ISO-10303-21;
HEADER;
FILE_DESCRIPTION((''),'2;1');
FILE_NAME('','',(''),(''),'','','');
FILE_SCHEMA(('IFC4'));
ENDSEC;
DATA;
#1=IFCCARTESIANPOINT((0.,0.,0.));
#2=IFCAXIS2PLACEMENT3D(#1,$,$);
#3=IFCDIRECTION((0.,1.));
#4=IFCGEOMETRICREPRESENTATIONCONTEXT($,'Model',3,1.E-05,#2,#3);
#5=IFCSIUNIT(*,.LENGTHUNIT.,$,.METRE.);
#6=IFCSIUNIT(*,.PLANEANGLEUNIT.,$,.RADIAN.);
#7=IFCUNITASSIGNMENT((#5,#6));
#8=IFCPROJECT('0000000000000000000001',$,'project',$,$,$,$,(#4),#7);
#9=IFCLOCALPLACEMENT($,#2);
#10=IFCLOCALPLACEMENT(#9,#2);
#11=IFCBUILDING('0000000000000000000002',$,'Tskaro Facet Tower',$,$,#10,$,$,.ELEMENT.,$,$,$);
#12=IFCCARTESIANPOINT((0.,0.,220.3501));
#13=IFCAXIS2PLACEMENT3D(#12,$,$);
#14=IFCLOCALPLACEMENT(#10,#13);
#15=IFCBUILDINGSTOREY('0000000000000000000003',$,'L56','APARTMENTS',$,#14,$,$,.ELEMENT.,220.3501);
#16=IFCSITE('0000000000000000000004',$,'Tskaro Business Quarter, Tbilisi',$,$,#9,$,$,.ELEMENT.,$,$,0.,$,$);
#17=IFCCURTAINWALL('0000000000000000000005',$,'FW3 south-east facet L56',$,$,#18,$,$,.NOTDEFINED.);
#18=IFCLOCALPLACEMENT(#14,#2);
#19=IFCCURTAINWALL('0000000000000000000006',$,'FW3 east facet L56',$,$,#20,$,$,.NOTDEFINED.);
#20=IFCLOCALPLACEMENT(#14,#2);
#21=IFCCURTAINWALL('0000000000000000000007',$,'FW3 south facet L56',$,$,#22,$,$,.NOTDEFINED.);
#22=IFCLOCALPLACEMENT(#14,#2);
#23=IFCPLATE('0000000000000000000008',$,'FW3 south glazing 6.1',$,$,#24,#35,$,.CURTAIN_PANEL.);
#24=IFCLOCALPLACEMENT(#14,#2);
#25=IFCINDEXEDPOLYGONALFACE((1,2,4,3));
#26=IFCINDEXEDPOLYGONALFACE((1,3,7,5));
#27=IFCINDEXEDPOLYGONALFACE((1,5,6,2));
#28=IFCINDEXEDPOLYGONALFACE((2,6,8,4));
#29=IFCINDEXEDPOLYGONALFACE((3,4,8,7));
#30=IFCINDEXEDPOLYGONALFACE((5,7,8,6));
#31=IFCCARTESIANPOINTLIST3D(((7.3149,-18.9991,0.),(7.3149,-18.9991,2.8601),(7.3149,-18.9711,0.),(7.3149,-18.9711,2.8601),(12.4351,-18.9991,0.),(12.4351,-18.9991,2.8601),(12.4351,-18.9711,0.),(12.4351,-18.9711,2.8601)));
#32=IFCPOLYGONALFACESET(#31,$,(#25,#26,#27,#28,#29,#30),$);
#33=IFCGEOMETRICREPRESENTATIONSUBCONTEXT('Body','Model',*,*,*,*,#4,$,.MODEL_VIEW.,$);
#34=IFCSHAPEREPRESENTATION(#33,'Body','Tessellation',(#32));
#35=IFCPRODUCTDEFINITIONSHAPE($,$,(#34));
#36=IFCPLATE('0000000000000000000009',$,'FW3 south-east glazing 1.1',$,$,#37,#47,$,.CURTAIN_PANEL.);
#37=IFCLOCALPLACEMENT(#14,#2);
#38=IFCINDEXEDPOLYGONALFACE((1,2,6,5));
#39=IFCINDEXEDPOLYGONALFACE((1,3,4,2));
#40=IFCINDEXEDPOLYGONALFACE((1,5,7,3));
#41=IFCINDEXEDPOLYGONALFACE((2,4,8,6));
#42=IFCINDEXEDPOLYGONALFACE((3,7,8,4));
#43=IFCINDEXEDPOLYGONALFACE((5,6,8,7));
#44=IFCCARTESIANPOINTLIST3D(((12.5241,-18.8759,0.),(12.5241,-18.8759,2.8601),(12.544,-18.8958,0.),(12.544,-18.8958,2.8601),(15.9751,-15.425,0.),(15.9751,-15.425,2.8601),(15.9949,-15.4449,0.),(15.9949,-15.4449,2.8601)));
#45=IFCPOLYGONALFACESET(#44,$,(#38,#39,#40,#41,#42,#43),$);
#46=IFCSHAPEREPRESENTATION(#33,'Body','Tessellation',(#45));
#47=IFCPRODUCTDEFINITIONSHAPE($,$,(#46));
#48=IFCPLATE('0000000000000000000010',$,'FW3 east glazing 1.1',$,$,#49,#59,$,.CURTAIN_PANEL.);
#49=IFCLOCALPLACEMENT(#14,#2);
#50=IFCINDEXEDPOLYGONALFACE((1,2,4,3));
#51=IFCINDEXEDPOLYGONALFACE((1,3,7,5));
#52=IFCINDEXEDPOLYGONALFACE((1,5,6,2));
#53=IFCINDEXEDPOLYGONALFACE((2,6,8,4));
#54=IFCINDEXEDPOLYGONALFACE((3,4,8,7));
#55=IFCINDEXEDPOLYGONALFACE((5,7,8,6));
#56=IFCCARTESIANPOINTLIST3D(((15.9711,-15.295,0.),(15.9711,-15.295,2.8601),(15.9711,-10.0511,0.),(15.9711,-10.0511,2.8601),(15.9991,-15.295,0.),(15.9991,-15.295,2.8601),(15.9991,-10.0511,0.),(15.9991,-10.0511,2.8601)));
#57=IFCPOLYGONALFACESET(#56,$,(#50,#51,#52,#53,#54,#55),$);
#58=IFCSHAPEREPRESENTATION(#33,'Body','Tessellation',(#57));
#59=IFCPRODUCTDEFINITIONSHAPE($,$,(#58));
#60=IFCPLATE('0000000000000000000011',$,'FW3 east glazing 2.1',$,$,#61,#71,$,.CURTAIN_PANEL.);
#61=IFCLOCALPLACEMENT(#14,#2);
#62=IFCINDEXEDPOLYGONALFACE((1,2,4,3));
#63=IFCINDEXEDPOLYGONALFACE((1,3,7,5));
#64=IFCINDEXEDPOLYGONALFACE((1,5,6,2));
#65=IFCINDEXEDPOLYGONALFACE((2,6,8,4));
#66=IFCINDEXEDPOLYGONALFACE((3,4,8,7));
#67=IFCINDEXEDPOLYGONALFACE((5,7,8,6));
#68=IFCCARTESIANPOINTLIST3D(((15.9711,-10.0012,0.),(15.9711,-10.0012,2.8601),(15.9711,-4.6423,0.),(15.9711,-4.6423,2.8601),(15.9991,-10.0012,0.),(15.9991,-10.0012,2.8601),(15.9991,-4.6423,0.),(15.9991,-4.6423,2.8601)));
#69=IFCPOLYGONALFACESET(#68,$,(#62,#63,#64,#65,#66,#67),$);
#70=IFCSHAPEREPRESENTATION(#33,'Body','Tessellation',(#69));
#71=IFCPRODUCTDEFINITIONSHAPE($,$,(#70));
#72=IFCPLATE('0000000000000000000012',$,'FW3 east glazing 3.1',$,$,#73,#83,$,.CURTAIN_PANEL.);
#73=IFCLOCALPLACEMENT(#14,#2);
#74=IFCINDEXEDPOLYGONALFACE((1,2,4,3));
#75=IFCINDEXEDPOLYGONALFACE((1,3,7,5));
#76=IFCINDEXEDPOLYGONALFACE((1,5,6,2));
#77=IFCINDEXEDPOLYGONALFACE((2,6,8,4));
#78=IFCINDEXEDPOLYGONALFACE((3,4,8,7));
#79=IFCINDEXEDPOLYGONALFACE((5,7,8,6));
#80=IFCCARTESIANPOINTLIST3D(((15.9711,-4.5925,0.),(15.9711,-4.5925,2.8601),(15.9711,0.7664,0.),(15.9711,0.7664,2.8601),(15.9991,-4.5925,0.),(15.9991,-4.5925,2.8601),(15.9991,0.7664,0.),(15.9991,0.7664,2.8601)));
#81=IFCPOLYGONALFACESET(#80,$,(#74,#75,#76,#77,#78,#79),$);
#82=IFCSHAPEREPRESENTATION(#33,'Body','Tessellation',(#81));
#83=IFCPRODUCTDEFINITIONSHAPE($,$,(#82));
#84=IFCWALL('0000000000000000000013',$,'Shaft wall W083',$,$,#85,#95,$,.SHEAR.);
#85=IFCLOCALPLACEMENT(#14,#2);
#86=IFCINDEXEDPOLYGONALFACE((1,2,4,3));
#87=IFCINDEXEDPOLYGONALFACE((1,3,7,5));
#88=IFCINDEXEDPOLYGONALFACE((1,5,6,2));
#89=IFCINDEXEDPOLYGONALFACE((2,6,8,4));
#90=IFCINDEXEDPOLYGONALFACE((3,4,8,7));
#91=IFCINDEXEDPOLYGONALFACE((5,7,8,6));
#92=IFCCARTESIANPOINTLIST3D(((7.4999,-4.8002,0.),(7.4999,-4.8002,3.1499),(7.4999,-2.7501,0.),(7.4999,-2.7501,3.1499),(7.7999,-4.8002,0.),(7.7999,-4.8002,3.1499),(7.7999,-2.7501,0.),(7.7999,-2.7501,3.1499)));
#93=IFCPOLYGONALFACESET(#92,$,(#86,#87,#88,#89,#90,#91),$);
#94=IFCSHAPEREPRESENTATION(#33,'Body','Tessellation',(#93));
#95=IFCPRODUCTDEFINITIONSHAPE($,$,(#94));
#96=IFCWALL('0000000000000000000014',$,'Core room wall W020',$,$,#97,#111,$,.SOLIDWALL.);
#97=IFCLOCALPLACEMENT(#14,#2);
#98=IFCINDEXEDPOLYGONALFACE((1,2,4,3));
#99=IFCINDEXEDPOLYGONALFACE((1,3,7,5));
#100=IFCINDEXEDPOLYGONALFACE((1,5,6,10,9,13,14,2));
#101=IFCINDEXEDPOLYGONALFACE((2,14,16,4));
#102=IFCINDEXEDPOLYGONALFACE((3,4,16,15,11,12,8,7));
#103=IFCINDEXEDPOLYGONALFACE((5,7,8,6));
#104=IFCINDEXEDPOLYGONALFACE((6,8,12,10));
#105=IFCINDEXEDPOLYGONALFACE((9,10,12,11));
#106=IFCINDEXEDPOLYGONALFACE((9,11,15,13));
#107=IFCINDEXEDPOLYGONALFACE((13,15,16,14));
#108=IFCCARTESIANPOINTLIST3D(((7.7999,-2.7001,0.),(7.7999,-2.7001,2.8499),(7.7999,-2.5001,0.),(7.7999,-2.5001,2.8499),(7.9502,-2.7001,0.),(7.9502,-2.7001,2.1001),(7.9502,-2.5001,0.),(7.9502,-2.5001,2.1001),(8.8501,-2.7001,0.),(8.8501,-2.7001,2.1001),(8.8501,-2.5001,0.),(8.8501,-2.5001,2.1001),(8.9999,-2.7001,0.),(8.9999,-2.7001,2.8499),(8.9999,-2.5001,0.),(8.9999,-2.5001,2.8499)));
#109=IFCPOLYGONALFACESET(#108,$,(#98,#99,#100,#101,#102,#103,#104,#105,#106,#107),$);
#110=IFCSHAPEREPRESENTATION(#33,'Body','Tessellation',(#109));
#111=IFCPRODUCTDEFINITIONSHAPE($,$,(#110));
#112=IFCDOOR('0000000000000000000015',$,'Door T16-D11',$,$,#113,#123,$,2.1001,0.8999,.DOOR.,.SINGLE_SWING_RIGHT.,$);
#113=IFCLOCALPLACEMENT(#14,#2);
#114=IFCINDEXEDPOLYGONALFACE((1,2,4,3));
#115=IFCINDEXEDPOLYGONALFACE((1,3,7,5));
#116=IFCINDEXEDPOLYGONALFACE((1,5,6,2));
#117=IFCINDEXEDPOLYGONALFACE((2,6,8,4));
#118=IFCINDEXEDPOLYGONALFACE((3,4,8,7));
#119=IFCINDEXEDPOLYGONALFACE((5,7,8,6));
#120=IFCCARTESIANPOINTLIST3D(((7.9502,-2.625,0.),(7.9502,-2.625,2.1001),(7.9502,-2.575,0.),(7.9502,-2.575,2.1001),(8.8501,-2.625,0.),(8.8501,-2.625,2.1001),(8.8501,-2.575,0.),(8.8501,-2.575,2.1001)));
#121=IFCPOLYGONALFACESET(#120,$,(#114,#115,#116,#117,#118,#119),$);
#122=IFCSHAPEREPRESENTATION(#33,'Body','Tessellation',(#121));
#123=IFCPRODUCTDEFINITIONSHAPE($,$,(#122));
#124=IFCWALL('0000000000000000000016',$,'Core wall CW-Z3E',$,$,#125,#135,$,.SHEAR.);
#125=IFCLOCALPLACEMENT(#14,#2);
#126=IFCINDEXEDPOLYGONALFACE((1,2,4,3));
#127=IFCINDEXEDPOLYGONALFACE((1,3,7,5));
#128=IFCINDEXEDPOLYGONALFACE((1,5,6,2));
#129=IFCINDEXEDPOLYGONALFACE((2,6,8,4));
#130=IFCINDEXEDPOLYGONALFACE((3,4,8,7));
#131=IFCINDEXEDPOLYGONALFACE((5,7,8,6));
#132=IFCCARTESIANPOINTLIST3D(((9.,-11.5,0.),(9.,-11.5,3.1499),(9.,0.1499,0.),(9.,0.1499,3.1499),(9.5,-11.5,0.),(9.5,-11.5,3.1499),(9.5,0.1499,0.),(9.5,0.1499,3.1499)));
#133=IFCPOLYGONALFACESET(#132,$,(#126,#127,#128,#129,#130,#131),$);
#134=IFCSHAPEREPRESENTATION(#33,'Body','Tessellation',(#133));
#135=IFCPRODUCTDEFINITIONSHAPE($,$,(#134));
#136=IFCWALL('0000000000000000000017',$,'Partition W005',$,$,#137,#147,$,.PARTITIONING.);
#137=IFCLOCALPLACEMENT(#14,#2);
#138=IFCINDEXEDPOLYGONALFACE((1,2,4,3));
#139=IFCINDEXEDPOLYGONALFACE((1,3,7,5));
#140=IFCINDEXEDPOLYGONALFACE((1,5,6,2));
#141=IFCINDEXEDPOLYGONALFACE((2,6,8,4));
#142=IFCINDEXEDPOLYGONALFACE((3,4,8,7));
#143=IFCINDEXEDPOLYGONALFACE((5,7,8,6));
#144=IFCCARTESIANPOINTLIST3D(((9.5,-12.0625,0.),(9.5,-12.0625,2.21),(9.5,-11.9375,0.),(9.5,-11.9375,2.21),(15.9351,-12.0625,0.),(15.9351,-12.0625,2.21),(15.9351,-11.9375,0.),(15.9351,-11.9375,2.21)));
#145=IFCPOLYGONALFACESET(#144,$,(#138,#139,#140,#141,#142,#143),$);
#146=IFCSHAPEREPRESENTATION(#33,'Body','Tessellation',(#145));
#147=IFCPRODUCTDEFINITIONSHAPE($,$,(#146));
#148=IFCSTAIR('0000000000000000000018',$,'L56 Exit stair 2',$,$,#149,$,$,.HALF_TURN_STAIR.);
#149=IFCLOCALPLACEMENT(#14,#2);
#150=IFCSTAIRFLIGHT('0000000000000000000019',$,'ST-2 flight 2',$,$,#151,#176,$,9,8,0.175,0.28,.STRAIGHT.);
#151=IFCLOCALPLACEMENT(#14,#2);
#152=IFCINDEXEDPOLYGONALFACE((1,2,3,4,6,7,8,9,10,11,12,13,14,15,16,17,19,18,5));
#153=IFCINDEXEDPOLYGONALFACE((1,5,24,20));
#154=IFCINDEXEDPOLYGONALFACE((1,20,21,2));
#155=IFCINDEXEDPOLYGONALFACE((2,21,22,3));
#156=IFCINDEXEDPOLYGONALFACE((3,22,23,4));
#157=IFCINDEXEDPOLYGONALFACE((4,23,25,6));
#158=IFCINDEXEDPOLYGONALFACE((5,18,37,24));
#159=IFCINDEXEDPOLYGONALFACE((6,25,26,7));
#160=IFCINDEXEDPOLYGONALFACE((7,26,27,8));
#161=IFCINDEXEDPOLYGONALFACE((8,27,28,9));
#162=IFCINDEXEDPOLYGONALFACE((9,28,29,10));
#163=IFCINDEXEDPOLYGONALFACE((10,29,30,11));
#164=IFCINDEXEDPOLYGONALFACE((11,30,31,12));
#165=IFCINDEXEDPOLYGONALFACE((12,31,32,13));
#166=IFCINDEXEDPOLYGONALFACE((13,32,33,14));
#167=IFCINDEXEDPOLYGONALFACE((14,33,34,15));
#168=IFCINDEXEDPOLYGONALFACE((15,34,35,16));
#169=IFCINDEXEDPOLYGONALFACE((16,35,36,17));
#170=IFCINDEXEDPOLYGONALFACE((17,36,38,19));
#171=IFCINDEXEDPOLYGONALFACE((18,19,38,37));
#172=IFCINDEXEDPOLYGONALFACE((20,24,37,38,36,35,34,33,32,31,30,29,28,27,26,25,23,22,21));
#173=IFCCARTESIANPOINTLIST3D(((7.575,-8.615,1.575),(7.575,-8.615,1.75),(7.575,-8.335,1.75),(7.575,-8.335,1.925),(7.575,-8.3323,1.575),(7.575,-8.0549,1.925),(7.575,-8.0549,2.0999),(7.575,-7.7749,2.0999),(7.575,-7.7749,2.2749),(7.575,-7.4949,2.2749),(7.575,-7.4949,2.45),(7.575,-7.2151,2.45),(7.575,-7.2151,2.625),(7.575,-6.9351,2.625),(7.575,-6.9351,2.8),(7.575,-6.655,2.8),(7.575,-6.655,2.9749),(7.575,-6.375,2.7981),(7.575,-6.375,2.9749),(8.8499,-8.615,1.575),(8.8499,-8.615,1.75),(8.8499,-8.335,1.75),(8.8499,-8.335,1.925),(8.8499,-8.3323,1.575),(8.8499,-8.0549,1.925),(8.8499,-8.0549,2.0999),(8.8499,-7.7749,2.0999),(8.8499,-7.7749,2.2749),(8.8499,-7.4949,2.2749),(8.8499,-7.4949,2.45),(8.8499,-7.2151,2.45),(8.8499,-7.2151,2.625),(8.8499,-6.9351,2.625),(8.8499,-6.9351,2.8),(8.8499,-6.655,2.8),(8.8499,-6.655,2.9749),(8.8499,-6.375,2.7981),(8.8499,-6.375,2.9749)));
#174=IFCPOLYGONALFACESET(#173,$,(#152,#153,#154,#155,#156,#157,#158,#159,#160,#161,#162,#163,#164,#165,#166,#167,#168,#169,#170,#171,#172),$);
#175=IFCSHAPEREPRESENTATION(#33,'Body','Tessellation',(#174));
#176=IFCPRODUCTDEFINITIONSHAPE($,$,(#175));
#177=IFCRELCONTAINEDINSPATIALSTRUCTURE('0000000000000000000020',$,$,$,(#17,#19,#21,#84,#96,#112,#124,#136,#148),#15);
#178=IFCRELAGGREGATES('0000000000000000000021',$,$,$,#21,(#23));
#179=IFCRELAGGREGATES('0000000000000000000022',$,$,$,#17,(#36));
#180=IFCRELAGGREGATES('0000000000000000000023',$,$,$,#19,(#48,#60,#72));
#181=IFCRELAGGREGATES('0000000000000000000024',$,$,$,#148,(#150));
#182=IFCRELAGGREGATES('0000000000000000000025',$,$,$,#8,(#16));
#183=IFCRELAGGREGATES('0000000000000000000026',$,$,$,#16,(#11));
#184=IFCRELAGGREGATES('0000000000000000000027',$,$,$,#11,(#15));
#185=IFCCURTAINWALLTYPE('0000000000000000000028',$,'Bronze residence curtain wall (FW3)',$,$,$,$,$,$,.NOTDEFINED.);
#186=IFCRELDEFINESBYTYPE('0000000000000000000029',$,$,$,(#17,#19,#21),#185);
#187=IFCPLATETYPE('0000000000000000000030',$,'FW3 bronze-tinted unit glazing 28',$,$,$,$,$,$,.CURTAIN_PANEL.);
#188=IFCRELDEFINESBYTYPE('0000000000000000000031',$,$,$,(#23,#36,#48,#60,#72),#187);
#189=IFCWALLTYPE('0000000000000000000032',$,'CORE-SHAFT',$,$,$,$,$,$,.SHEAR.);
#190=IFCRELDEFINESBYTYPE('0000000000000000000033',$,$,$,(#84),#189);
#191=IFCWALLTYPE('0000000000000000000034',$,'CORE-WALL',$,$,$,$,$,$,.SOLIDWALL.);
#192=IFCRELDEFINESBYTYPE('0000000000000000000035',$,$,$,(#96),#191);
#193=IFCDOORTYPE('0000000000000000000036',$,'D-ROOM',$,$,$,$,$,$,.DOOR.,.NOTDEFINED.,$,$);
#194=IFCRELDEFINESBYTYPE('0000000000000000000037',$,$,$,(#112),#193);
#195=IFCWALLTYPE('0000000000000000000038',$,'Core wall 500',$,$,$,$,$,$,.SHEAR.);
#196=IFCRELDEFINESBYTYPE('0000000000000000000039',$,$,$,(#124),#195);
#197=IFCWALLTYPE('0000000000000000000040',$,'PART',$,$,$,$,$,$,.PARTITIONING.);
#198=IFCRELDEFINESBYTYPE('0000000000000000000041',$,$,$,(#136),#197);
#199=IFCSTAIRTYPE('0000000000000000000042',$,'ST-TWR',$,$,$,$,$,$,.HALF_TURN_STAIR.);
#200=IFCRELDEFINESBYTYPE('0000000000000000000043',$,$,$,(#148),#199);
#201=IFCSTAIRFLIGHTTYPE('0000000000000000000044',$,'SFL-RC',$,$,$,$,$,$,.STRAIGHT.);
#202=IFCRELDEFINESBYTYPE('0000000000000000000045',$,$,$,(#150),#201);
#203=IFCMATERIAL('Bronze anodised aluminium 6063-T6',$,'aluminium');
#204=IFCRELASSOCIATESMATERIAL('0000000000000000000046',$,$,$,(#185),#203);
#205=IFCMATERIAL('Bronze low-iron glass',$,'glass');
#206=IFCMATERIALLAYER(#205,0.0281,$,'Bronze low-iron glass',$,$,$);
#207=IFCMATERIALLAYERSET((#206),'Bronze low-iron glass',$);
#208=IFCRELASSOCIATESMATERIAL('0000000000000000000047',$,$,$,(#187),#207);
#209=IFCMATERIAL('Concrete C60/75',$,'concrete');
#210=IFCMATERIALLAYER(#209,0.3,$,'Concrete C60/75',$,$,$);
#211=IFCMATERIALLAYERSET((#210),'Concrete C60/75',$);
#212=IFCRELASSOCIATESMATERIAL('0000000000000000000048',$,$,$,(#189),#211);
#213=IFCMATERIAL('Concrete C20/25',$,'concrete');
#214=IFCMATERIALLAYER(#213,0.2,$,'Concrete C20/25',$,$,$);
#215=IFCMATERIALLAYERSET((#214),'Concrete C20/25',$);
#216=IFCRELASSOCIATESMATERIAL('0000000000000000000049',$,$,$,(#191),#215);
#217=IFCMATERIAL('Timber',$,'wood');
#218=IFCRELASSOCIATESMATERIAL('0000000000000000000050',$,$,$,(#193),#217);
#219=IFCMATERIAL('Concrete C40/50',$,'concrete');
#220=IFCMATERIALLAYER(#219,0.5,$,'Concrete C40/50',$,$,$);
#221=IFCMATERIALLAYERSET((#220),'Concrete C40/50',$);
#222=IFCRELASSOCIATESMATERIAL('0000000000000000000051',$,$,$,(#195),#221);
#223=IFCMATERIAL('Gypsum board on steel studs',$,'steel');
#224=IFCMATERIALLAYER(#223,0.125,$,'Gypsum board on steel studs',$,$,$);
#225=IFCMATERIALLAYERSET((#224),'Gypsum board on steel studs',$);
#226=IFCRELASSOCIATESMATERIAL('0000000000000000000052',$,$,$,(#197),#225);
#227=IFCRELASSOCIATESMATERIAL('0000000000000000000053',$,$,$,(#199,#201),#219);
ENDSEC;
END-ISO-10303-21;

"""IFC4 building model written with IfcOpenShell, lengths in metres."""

from ifc_helpers import new_model, si_unit, direction, frame, frame_2d, origin, origin_2d, place, context, subcontext, project, spatial, polyline, rectangle, outline, extrude, material, layer, layer_set, type_object, element, fill, aggregate, save


model = new_model("IFC4")

# Units and contexts
model_context = context("Model", 3, precision=1e-05, world=origin(), true_north=direction((0.0, 1.0)))
body_context = subcontext(model_context, "Body", "Model", "MODEL_VIEW")
ifc_project = project(units=[si_unit("LENGTHUNIT", "METRE"), si_unit("PLANEANGLEUNIT", "RADIAN")], contexts=[model_context])

# Site, building, storey
site_placement = place(None, origin())
site = spatial("IfcSite", under=ifc_project, at=site_placement, Name="Tskaro Business Quarter, Tbilisi", CompositionType="ELEMENT", RefElevation=0.0)
building_placement = place(site_placement, origin())
building = spatial("IfcBuilding", under=site, at=building_placement, Name="Tskaro Facet Tower", CompositionType="ELEMENT")
storey_placement = place(building_placement, frame((0.0, 0.0, 220.3501)))
storey = spatial("IfcBuildingStorey", under=building, at=storey_placement, Name="L56", Description="APARTMENTS", CompositionType="ELEMENT", Elevation=220.3501)

# Curtain wall
ifc_material_1 = material(Name="Bronze anodised aluminium 6063-T6", Category="aluminium")
curtain_wall_type = type_object("IfcCurtainWallType", Name="Bronze residence curtain wall (FW3)", PredefinedType="NOTDEFINED", material=ifc_material_1)
curtain_wall_1_placement = place(storey_placement, origin())
curtain_wall_1 = element("IfcCurtainWall", 1, at=curtain_wall_1_placement, inside=storey, type_object=curtain_wall_type, Name="FW3 south-east facet L56", PredefinedType="NOTDEFINED")

# Curtain wall
curtain_wall_2_placement = place(storey_placement, origin())
curtain_wall_2 = element("IfcCurtainWall", 2, at=curtain_wall_2_placement, inside=storey, type_object=curtain_wall_type, Name="FW3 east facet L56", PredefinedType="NOTDEFINED")

# Curtain wall, plate
curtain_wall_3_placement = place(storey_placement, origin())
curtain_wall_3 = element("IfcCurtainWall", 3, at=curtain_wall_3_placement, inside=storey, type_object=curtain_wall_type, Name="FW3 south facet L56", PredefinedType="NOTDEFINED")
ifc_material_2 = material(Name="Bronze low-iron glass", Category="glass")
ifc_layer_1 = layer(ifc_material_2, 0.0281, Name="Bronze low-iron glass")
ifc_layer_set_1 = layer_set([ifc_layer_1], Name="Bronze low-iron glass")
plate_type = type_object("IfcPlateType", Name="FW3 bronze-tinted unit glazing 28", PredefinedType="CURTAIN_PANEL", material=ifc_layer_set_1)
plate_1_placement = place(storey_placement, frame((9.875, -18.9851, 0.0), z_axis=(0.0, 0.0, 1.0), x_axis=(1.0, 0.0, 0.0)))
plate_1 = element("IfcPlate", 4, at=plate_1_placement, type_object=plate_type, Name="FW3 south glazing 6.1", PredefinedType="CURTAIN_PANEL", context=body_context, shape_type="SweptSolid", body=[
    extrude(rectangle(XDim=5.1201, YDim=0.0281, at=origin_2d()), origin(), (0.0, 0.0, 1.0), 2.8601),
])
aggregate(curtain_wall_3, [plate_1])

# Plates
plate_2_placement = place(storey_placement, frame((14.2595, -17.1604, 0.0), z_axis=(0.0, 0.0, 1.0), x_axis=(0.707107, 0.707107, 0.0)))
plate_2 = element("IfcPlate", 5, at=plate_2_placement, type_object=plate_type, Name="FW3 south-east glazing 1.1", PredefinedType="CURTAIN_PANEL", context=body_context, shape_type="SweptSolid", body=[
    extrude(rectangle(XDim=4.8804, YDim=0.0281, at=origin_2d()), origin(), (0.0, 0.0, 1.0), 2.8601),
])
aggregate(curtain_wall_1, [plate_2])
plate_3_placement = place(storey_placement, frame((15.9851, -12.6731, 0.0), z_axis=(0.0, 0.0, 1.0), x_axis=(0.0, 1.0, 0.0)))
plate_3 = element("IfcPlate", 6, at=plate_3_placement, type_object=plate_type, Name="FW3 east glazing 1.1", PredefinedType="CURTAIN_PANEL", context=body_context, shape_type="SweptSolid", body=[
    extrude(rectangle(XDim=5.2439, YDim=0.0281, at=origin_2d()), origin(), (0.0, 0.0, 1.0), 2.8601),
])
plate_4_placement = place(storey_placement, frame((15.9851, -7.3218, 0.0), z_axis=(0.0, 0.0, 1.0), x_axis=(0.0, 1.0, 0.0)))
plate_4 = element("IfcPlate", 7, at=plate_4_placement, type_object=plate_type, Name="FW3 east glazing 2.1", PredefinedType="CURTAIN_PANEL", context=body_context, shape_type="SweptSolid", body=[
    extrude(rectangle(XDim=5.3589, YDim=0.0281, at=origin_2d()), origin(), (0.0, 0.0, 1.0), 2.8601),
])
plate_5_placement = place(storey_placement, frame((15.9851, -1.9131, 0.0), z_axis=(0.0, 0.0, 1.0), x_axis=(0.0, 1.0, 0.0)))
plate_5 = element("IfcPlate", 8, at=plate_5_placement, type_object=plate_type, Name="FW3 east glazing 3.1", PredefinedType="CURTAIN_PANEL", context=body_context, shape_type="SweptSolid", body=[
    extrude(rectangle(XDim=5.3589, YDim=0.0281, at=origin_2d()), origin(), (0.0, 0.0, 1.0), 2.8601),
])
aggregate(curtain_wall_2, [plate_3, plate_4, plate_5])

# Wall
ifc_material_3 = material(Name="Concrete C60/75", Category="concrete")
ifc_layer_2 = layer(ifc_material_3, 0.3, Name="Concrete C60/75")
ifc_layer_set_2 = layer_set([ifc_layer_2], Name="Concrete C60/75")
wall_type_1 = type_object("IfcWallType", Name="CORE-SHAFT", PredefinedType="SHEAR", material=ifc_layer_set_2)
wall_1_placement = place(storey_placement, frame((7.6499, -4.8, 0.0), z_axis=(0.0, 0.0, 1.0), x_axis=(0.0, 1.0, 0.0)))
element("IfcWall", 9, at=wall_1_placement, inside=storey, type_object=wall_type_1, Name="Shaft wall W083", PredefinedType="SHEAR", context=body_context, shape_type="SweptSolid", body=[
    extrude(rectangle(XDim=2.05, YDim=0.3, at=frame_2d((1.0249, 0.0))), origin(), (0.0, 0.0, 1.0), 3.1499),
])

# Wall, opening, door
ifc_material_4 = material(Name="Concrete C20/25", Category="concrete")
ifc_layer_3 = layer(ifc_material_4, 0.2, Name="Concrete C20/25")
ifc_layer_set_3 = layer_set([ifc_layer_3], Name="Concrete C20/25")
wall_type_2 = type_object("IfcWallType", Name="CORE-WALL", PredefinedType="SOLIDWALL", material=ifc_layer_set_3)
wall_2_placement = place(storey_placement, frame((9.0, -2.6001, 0.0), z_axis=(0.0, 0.0, 1.0), x_axis=(-1.0, 0.0, 0.0)))
wall_2 = element("IfcWall", 10, at=wall_2_placement, inside=storey, type_object=wall_type_2, Name="Core room wall W020", PredefinedType="SOLIDWALL", context=body_context, shape_type="SweptSolid", body=[
    extrude(rectangle(XDim=1.2, YDim=0.2, at=frame_2d((0.6001, 0.0))), origin(), (0.0, 0.0, 1.0), 2.8499),
])
opening_placement = place(wall_2_placement, frame((0.1499, 0.0, 0.0)))
opening = element("IfcOpeningElement", 11, at=opening_placement, cuts=wall_2, PredefinedType="OPENING", context=body_context, shape_type="SweptSolid", body=[
    extrude(rectangle(XDim=0.8999, YDim=2.1001, at=frame_2d((0.45, 1.05))), frame((0.0, 0.1099, 0.0), z_axis=(0.0, -1.0, 0.0), x_axis=(1.0, 0.0, 0.0)), (0.0, 0.0, 1.0), 0.22),
])
ifc_material_5 = material(Name="Timber", Category="wood")
door_type = type_object("IfcDoorType", Name="D-ROOM", OperationType="NOTDEFINED", PredefinedType="DOOR", material=ifc_material_5)
door_placement = place(opening_placement, origin())
door = element("IfcDoor", 12, at=door_placement, inside=storey, type_object=door_type, Name="Door T16-D11", OperationType="SINGLE_SWING_RIGHT", OverallHeight=2.1001, OverallWidth=0.8999, PredefinedType="DOOR", context=body_context, shape_type="SweptSolid", body=[
    extrude(rectangle(XDim=0.8999, YDim=2.1001, at=frame_2d((0.45, 1.05))), frame((0.0, 0.0249, 0.0), z_axis=(0.0, -1.0, 0.0), x_axis=(1.0, 0.0, 0.0)), (0.0, 0.0, 1.0), 0.05),
])
fill(opening, door)

# Walls
ifc_material_6 = material(Name="Concrete C40/50", Category="concrete")
ifc_layer_4 = layer(ifc_material_6, 0.5, Name="Concrete C40/50")
ifc_layer_set_4 = layer_set([ifc_layer_4], Name="Concrete C40/50")
wall_type_3 = type_object("IfcWallType", Name="Core wall 500", PredefinedType="SHEAR", material=ifc_layer_set_4)
wall_3_placement = place(storey_placement, frame((9.25, -11.5, 0.0), z_axis=(0.0, 0.0, 1.0), x_axis=(0.0, 1.0, 0.0)))
element("IfcWall", 13, at=wall_3_placement, inside=storey, type_object=wall_type_3, Name="Core wall CW-Z3E", PredefinedType="SHEAR", context=body_context, shape_type="SweptSolid", body=[
    extrude(rectangle(XDim=11.6499, YDim=0.5, at=frame_2d((5.825, 0.0))), origin(), (0.0, 0.0, 1.0), 3.1499),
])
ifc_material_7 = material(Name="Gypsum board on steel studs", Category="steel")
ifc_layer_5 = layer(ifc_material_7, 0.125, Name="Gypsum board on steel studs")
ifc_layer_set_5 = layer_set([ifc_layer_5], Name="Gypsum board on steel studs")
wall_type_4 = type_object("IfcWallType", Name="PART", PredefinedType="PARTITIONING", material=ifc_layer_set_5)
wall_4_placement = place(storey_placement, frame((9.5, -12.0, 0.0), z_axis=(0.0, 0.0, 1.0), x_axis=(1.0, 0.0, 0.0)))
element("IfcWall", 14, at=wall_4_placement, inside=storey, type_object=wall_type_4, Name="Partition W005", PredefinedType="PARTITIONING", context=body_context, shape_type="SweptSolid", body=[
    extrude(rectangle(XDim=6.4351, YDim=0.125, at=frame_2d((3.2175, 0.0))), origin(), (0.0, 0.0, 1.0), 2.21),
])

# Stair, stair flight
stair_type = type_object("IfcStairType", Name="ST-TWR", PredefinedType="HALF_TURN_STAIR", material=ifc_material_6)
stair_placement = place(storey_placement, origin())
stair = element("IfcStair", 15, at=stair_placement, inside=storey, type_object=stair_type, Name="L56 Exit stair 2", PredefinedType="HALF_TURN_STAIR")
stair_flight_type = type_object("IfcStairFlightType", Name="SFL-RC", PredefinedType="STRAIGHT", material=ifc_material_6)
stair_flight_placement = place(storey_placement, frame((8.2124, -8.615, 1.575), z_axis=(0.0, 0.0, 1.0), x_axis=(0.0, 1.0, 0.0)))
stair_flight = element("IfcStairFlight", 16, at=stair_flight_placement, type_object=stair_flight_type, Name="ST-2 flight 2", NumberOfRisers=9, NumberOfTreads=8, PredefinedType="STRAIGHT", RiserHeight=0.175, TreadLength=0.28, context=body_context, shape_type="SweptSolid", body=[
    extrude(outline(polyline([(0.0, 0.0), (0.0, 0.175), (0.28, 0.175), (0.28, 0.3501), (0.5601, 0.3501), (0.5601, 0.5249), (0.8401, 0.5249), (0.8401, 0.7), (1.1201, 0.7), (1.1201, 0.875), (1.3999, 0.875), (1.3999, 1.05), (1.6799, 1.05), (1.6799, 1.2251), (1.96, 1.2251), (1.96, 1.3999), (2.24, 1.3999), (2.24, 1.575), (2.24, 1.2231), (0.2827, 0.0), (0.0, 0.0)])), frame((0.0, 0.6375, 0.0), z_axis=(0.0, -1.0, 0.0), x_axis=(1.0, 0.0, 0.0)), (0.0, 0.0, 1.0), 1.2749),
])
aggregate(stair, [stair_flight])

save(model, "model.ifc")
